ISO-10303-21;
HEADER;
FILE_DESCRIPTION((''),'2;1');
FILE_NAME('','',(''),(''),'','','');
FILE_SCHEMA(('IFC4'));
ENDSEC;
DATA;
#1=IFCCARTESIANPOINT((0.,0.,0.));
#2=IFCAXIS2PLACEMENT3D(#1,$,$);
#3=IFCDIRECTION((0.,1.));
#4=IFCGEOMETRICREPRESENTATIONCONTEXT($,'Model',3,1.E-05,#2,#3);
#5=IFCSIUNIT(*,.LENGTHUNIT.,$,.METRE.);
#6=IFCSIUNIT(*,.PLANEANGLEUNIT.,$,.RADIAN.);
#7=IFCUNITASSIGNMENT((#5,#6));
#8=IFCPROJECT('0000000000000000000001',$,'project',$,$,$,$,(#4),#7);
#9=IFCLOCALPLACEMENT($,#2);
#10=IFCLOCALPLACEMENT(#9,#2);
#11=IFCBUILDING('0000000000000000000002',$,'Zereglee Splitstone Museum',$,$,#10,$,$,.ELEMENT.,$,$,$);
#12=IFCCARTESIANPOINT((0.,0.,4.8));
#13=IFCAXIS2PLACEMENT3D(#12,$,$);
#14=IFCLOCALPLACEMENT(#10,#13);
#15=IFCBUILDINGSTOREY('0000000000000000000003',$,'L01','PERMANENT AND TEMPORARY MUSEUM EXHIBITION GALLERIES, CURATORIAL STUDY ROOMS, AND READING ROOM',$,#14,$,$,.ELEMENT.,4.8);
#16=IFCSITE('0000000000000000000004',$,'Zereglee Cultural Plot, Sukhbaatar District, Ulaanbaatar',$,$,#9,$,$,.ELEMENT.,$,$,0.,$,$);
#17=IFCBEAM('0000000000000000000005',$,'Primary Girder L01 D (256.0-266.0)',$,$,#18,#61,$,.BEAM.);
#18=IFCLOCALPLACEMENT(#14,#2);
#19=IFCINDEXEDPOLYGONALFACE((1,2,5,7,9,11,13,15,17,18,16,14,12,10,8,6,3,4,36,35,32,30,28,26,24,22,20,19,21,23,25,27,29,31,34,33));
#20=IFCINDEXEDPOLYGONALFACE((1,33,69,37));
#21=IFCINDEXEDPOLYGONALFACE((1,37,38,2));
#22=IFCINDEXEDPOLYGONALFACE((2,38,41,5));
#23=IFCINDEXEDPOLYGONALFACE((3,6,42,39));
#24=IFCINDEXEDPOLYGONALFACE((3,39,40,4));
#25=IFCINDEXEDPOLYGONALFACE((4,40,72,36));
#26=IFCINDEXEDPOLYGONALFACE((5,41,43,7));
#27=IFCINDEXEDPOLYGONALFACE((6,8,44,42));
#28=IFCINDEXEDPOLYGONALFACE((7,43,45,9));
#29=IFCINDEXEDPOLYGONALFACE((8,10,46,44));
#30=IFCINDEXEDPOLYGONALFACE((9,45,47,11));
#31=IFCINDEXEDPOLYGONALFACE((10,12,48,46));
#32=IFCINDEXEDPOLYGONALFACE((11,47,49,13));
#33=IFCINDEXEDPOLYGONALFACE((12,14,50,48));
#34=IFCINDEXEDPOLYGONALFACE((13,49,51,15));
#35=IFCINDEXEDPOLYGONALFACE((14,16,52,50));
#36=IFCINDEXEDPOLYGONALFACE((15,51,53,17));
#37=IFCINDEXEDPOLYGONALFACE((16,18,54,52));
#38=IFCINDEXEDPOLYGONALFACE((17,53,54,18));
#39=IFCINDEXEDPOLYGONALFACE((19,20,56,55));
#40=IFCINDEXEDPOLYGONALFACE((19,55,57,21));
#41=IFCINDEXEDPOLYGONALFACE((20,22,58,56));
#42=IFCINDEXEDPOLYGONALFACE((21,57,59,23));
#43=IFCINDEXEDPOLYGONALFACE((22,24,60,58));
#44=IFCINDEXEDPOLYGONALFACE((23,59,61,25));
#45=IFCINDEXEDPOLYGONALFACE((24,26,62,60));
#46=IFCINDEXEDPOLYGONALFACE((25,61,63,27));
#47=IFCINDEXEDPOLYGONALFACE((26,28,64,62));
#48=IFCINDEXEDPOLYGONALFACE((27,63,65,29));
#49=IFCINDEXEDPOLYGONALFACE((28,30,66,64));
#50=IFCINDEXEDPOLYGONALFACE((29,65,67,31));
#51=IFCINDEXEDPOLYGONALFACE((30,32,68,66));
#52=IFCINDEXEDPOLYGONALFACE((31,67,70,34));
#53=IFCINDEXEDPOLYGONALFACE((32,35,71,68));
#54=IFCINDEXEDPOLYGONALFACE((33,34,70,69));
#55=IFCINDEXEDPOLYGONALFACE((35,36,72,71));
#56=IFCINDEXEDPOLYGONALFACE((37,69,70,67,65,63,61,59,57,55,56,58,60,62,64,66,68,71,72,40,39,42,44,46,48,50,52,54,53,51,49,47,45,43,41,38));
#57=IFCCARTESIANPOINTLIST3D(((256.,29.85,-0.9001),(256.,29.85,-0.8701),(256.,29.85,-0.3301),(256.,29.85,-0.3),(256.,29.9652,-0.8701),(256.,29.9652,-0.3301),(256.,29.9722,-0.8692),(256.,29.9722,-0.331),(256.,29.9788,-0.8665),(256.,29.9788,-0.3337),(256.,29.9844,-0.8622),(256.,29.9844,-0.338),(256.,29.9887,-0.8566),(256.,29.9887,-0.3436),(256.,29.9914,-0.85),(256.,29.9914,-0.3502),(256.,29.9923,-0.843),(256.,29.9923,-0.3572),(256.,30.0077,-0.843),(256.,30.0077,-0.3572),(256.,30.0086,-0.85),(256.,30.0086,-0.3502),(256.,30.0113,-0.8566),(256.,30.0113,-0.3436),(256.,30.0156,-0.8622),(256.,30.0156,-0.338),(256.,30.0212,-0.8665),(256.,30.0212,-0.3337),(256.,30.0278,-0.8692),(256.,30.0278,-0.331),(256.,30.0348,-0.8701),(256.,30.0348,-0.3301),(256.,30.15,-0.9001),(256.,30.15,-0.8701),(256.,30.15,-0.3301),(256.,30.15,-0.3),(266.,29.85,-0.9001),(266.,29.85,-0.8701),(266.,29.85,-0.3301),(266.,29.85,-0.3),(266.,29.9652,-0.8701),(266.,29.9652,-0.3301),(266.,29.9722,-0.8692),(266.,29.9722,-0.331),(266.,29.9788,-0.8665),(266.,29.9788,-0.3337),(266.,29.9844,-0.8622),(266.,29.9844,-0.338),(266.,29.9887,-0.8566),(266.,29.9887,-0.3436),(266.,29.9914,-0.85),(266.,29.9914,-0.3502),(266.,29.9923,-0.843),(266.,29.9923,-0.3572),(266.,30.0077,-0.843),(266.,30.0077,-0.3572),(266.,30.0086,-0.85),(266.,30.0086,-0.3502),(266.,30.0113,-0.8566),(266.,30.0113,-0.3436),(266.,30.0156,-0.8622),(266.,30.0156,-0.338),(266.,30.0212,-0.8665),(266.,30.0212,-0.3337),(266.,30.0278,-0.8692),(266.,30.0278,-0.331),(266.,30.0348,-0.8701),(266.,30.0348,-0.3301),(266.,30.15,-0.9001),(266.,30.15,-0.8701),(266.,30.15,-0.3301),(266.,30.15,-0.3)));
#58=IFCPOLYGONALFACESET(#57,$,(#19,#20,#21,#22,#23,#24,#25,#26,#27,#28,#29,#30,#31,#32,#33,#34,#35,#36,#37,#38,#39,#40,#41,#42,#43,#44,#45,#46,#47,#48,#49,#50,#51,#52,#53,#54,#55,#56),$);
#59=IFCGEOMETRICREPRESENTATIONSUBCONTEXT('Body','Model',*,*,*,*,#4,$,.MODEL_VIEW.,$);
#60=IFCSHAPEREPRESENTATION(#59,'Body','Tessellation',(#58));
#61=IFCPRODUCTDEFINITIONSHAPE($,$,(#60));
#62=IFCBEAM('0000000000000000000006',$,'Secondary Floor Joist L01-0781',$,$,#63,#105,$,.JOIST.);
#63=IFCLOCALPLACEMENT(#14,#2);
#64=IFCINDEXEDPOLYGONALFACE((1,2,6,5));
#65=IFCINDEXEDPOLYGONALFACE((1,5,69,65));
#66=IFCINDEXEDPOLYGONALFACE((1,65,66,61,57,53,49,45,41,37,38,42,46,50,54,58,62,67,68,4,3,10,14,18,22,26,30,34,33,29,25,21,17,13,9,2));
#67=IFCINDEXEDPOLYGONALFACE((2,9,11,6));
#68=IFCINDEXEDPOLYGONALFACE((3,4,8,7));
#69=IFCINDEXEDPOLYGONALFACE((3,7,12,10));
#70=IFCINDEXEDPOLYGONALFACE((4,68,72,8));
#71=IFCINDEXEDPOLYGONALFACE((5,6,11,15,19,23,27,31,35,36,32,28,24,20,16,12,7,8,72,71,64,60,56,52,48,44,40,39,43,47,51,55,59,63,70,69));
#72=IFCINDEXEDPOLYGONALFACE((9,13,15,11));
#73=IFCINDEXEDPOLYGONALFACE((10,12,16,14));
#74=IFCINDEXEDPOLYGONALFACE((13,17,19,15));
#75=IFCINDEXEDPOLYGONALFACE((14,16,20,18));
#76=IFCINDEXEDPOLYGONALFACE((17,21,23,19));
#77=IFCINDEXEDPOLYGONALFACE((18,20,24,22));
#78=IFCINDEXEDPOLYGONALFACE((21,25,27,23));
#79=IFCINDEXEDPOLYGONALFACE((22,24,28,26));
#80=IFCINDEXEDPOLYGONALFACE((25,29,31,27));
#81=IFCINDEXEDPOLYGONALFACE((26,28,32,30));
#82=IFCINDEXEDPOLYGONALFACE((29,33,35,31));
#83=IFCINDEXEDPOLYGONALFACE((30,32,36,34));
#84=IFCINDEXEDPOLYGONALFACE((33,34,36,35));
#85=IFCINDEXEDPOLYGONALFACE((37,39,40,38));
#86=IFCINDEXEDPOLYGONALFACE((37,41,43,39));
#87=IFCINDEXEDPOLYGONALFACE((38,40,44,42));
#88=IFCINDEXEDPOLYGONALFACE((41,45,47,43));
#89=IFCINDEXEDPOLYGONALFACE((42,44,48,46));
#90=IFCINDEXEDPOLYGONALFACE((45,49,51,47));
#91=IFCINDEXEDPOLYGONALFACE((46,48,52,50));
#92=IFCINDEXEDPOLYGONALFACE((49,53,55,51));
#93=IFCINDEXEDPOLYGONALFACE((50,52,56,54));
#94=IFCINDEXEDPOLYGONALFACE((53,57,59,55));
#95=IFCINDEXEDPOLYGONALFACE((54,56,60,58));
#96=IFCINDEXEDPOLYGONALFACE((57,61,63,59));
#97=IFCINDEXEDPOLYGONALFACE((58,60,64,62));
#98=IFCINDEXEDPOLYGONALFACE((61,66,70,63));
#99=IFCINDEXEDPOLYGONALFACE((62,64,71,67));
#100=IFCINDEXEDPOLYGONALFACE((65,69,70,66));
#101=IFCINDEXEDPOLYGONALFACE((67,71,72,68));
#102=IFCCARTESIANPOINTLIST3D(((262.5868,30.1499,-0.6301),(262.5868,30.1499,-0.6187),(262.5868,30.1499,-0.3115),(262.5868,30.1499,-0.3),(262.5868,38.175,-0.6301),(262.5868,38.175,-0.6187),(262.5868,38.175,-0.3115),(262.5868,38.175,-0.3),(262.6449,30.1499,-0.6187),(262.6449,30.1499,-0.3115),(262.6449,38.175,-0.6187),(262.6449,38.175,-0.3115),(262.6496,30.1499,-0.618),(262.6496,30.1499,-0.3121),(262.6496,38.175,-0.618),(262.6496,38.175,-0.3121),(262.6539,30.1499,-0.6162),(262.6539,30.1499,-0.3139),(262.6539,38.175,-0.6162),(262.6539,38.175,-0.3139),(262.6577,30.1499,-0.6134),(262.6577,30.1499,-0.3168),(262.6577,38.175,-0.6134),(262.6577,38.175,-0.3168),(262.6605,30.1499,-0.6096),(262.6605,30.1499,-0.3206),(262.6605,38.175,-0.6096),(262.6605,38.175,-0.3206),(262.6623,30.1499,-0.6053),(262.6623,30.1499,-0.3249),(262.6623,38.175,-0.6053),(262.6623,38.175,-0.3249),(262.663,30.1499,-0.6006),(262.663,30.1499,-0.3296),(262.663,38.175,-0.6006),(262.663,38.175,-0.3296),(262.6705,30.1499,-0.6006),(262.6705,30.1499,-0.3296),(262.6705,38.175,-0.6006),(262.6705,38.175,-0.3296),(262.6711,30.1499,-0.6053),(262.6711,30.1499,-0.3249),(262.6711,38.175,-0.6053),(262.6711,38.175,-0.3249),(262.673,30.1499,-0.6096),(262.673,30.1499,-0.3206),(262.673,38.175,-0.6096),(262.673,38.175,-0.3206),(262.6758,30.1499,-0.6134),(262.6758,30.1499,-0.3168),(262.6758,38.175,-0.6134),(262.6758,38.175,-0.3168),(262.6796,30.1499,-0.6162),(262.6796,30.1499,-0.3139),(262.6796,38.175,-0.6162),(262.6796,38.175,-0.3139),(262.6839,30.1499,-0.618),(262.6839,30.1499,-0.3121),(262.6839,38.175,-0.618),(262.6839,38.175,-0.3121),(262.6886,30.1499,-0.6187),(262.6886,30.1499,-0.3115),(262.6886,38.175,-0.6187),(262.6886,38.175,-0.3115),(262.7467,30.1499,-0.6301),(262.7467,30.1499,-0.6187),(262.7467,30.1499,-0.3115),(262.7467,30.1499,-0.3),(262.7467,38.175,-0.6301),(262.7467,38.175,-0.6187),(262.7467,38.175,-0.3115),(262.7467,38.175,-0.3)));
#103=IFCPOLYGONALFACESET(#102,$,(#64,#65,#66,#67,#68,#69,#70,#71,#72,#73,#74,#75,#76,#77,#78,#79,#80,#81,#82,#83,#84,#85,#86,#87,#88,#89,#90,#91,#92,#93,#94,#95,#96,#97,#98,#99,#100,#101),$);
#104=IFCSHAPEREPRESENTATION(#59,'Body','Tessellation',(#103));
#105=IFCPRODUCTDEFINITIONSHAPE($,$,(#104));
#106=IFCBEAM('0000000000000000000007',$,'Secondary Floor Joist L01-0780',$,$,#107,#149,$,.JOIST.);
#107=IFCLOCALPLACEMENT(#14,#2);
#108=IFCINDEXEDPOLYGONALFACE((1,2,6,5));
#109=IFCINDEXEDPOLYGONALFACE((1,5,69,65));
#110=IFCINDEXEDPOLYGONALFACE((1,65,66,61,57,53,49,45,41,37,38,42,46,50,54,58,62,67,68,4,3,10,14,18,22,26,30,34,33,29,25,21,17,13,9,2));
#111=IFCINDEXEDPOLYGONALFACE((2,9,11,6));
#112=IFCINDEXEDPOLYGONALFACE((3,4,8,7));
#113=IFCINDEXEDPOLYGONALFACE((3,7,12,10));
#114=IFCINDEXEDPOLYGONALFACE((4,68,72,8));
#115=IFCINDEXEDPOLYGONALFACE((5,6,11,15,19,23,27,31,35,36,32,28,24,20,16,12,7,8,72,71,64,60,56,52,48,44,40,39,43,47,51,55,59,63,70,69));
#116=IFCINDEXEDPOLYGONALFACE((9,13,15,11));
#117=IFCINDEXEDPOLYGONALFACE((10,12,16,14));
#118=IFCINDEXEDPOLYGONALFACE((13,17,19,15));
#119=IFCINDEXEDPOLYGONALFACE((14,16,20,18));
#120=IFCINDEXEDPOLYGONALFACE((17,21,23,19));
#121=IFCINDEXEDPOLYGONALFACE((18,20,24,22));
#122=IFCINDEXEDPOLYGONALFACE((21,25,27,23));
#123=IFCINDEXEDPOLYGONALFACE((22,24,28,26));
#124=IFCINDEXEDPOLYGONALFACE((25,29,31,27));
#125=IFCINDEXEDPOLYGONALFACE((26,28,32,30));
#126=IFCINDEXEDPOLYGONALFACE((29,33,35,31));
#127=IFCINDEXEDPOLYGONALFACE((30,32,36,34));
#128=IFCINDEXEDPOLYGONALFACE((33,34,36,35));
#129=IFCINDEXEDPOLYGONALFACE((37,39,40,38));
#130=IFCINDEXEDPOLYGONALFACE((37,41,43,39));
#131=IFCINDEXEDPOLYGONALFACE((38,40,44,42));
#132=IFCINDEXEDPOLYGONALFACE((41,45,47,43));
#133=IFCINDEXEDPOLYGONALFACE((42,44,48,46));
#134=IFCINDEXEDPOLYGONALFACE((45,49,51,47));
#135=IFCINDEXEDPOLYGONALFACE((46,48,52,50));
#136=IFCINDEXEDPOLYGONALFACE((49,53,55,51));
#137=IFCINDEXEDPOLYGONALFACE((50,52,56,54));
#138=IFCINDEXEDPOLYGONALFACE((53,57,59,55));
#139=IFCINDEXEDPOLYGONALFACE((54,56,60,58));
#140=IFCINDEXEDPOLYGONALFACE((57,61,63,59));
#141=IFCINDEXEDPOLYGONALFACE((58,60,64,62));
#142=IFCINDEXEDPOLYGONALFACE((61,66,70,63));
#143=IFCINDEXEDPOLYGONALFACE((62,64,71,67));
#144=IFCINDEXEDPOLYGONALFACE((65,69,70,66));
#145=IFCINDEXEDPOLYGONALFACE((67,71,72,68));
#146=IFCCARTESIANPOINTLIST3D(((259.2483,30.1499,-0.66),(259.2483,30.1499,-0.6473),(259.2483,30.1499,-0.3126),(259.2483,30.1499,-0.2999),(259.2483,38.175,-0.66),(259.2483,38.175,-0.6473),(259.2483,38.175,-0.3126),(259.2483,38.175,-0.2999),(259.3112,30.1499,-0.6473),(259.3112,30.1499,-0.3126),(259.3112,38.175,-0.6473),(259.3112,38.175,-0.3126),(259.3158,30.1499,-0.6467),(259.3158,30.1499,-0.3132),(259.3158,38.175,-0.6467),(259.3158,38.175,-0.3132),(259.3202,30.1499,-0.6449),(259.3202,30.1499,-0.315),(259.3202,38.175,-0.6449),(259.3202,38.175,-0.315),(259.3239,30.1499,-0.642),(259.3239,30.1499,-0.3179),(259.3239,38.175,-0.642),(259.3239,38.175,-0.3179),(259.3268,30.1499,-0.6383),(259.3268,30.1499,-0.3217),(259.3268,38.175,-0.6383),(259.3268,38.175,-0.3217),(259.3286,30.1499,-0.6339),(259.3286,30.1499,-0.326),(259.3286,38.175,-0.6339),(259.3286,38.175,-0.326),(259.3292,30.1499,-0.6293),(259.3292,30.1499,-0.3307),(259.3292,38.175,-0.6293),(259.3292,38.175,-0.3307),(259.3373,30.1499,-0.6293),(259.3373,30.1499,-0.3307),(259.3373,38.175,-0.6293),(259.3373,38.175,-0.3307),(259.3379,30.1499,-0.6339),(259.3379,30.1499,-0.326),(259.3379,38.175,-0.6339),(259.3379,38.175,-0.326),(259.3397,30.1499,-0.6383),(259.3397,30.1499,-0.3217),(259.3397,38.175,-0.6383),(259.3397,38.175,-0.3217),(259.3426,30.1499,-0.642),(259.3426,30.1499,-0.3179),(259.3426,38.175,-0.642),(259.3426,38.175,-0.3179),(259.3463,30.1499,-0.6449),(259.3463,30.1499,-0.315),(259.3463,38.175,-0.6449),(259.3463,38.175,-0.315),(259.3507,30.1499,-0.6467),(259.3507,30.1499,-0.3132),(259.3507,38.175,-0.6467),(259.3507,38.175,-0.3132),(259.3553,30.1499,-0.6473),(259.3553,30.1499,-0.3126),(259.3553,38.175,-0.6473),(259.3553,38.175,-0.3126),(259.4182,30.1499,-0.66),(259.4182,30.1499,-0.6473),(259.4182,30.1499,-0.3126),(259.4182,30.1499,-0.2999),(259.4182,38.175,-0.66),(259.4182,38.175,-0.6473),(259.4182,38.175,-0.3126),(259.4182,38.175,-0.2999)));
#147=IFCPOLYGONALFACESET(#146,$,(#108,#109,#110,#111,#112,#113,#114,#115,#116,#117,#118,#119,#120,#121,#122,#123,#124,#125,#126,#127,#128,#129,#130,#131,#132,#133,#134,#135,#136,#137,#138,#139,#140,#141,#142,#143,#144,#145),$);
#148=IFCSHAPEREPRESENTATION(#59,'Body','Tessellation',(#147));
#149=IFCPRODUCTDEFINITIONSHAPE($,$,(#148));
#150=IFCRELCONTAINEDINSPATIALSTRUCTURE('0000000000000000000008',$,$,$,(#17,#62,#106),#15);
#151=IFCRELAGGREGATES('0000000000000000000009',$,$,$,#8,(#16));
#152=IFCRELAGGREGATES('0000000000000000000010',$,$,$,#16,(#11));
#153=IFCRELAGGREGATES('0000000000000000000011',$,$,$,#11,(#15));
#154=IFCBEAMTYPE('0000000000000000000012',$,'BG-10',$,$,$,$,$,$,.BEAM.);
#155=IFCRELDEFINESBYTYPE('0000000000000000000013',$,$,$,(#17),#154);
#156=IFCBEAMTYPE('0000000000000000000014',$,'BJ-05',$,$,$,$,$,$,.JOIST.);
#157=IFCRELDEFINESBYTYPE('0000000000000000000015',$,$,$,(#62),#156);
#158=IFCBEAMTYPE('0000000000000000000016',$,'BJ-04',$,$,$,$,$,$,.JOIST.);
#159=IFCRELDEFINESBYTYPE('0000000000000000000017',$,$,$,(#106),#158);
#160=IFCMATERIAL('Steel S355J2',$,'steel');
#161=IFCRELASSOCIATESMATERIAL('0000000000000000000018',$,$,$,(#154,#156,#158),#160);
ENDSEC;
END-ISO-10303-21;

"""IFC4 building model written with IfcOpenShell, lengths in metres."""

from ifc_helpers import new_model, si_unit, direction, frame, origin, origin_2d, place, context, subcontext, project, spatial, i_section, extrude, material, material_profile, profile_set, type_object, element, save


model = new_model("IFC4")

# Units and contexts
model_context = context("Model", 3, precision=1e-05, world=origin(), true_north=direction((0.0, 1.0)))
body_context = subcontext(model_context, "Body", "Model", "MODEL_VIEW")
ifc_project = project(units=[si_unit("LENGTHUNIT", "METRE"), si_unit("PLANEANGLEUNIT", "RADIAN")], contexts=[model_context])

# Site, building, storey
site_placement = place(None, origin())
site = spatial("IfcSite", under=ifc_project, at=site_placement, Name="Zereglee Cultural Plot, Sukhbaatar District, Ulaanbaatar", CompositionType="ELEMENT", RefElevation=0.0)
building_placement = place(site_placement, origin())
building = spatial("IfcBuilding", under=site, at=building_placement, Name="Zereglee Splitstone Museum", CompositionType="ELEMENT")
storey_placement = place(building_placement, frame((0.0, 0.0, 4.8)))
storey = spatial("IfcBuildingStorey", under=building, at=storey_placement, Name="L01", Description="PERMANENT AND TEMPORARY MUSEUM EXHIBITION GALLERIES, CURATORIAL STUDY ROOMS, AND READING ROOM", CompositionType="ELEMENT", Elevation=4.8)

# Shared definitions
ifc_material_1 = material(Name="Steel S355J2", Category="steel")

# Beams
ifc_material_profile_1 = material_profile(ifc_material_1, i_section(OverallWidth=0.3, OverallDepth=0.6001, WebThickness=0.0154, FlangeThickness=0.03, FilletRadius=0.0271, at=origin_2d()), Name="HE 600 B")
ifc_profile_set_1 = profile_set([ifc_material_profile_1], Name="Steel S355J2")
beam_type_1 = type_object("IfcBeamType", Name="BG-10", PredefinedType="BEAM", material=ifc_profile_set_1)
beam_1_placement = place(storey_placement, frame((256.0, 30.0, -0.6001), z_axis=(1.0, 0.0, 0.0), x_axis=(0.0, 1.0, 0.0)))
element("IfcBeam", 1, at=beam_1_placement, inside=storey, type_object=beam_type_1, Name="Primary Girder L01 D (256.0-266.0)", PredefinedType="BEAM", context=body_context, shape_type="SweptSolid", body=[
    extrude(i_section(OverallWidth=0.3, OverallDepth=0.6001, WebThickness=0.0154, FlangeThickness=0.03, FilletRadius=0.0271, at=origin_2d()), origin(), (0.0, 0.0, 1.0), 10.0),
])
ifc_material_profile_2 = material_profile(ifc_material_1, i_section(OverallWidth=0.1599, OverallDepth=0.3301, WebThickness=0.0076, FlangeThickness=0.0115, FilletRadius=0.0181, at=origin_2d()), Name="IPE 330")
ifc_profile_set_2 = profile_set([ifc_material_profile_2], Name="Steel S355J2")
beam_type_2 = type_object("IfcBeamType", Name="BJ-05", PredefinedType="JOIST", material=ifc_profile_set_2)
beam_2_placement = place(storey_placement, frame((262.6667, 30.1499, -0.4651), z_axis=(0.0, 1.0, 0.0), x_axis=(-1.0, 0.0, 0.0)))
element("IfcBeam", 2, at=beam_2_placement, inside=storey, type_object=beam_type_2, Name="Secondary Floor Joist L01-0781", PredefinedType="JOIST", context=body_context, shape_type="SweptSolid", body=[
    extrude(i_section(OverallWidth=0.1599, OverallDepth=0.3301, WebThickness=0.0076, FlangeThickness=0.0115, FilletRadius=0.0181, at=origin_2d()), origin(), (0.0, 0.0, 1.0), 8.0251),
])
ifc_material_profile_3 = material_profile(ifc_material_1, i_section(OverallWidth=0.1699, OverallDepth=0.3601, WebThickness=0.0081, FlangeThickness=0.0127, FilletRadius=0.0181, at=origin_2d()), Name="IPE 360")
ifc_profile_set_3 = profile_set([ifc_material_profile_3], Name="Steel S355J2")
beam_type_3 = type_object("IfcBeamType", Name="BJ-04", PredefinedType="JOIST", material=ifc_profile_set_3)
beam_3_placement = place(storey_placement, frame((259.3333, 30.1499, -0.48), z_axis=(0.0, 1.0, 0.0), x_axis=(-1.0, 0.0, 0.0)))
element("IfcBeam", 3, at=beam_3_placement, inside=storey, type_object=beam_type_3, Name="Secondary Floor Joist L01-0780", PredefinedType="JOIST", context=body_context, shape_type="SweptSolid", body=[
    extrude(i_section(OverallWidth=0.1699, OverallDepth=0.3601, WebThickness=0.0081, FlangeThickness=0.0127, FilletRadius=0.0181, at=origin_2d()), origin(), (0.0, 0.0, 1.0), 8.0251),
])

save(model, "model.ifc")
